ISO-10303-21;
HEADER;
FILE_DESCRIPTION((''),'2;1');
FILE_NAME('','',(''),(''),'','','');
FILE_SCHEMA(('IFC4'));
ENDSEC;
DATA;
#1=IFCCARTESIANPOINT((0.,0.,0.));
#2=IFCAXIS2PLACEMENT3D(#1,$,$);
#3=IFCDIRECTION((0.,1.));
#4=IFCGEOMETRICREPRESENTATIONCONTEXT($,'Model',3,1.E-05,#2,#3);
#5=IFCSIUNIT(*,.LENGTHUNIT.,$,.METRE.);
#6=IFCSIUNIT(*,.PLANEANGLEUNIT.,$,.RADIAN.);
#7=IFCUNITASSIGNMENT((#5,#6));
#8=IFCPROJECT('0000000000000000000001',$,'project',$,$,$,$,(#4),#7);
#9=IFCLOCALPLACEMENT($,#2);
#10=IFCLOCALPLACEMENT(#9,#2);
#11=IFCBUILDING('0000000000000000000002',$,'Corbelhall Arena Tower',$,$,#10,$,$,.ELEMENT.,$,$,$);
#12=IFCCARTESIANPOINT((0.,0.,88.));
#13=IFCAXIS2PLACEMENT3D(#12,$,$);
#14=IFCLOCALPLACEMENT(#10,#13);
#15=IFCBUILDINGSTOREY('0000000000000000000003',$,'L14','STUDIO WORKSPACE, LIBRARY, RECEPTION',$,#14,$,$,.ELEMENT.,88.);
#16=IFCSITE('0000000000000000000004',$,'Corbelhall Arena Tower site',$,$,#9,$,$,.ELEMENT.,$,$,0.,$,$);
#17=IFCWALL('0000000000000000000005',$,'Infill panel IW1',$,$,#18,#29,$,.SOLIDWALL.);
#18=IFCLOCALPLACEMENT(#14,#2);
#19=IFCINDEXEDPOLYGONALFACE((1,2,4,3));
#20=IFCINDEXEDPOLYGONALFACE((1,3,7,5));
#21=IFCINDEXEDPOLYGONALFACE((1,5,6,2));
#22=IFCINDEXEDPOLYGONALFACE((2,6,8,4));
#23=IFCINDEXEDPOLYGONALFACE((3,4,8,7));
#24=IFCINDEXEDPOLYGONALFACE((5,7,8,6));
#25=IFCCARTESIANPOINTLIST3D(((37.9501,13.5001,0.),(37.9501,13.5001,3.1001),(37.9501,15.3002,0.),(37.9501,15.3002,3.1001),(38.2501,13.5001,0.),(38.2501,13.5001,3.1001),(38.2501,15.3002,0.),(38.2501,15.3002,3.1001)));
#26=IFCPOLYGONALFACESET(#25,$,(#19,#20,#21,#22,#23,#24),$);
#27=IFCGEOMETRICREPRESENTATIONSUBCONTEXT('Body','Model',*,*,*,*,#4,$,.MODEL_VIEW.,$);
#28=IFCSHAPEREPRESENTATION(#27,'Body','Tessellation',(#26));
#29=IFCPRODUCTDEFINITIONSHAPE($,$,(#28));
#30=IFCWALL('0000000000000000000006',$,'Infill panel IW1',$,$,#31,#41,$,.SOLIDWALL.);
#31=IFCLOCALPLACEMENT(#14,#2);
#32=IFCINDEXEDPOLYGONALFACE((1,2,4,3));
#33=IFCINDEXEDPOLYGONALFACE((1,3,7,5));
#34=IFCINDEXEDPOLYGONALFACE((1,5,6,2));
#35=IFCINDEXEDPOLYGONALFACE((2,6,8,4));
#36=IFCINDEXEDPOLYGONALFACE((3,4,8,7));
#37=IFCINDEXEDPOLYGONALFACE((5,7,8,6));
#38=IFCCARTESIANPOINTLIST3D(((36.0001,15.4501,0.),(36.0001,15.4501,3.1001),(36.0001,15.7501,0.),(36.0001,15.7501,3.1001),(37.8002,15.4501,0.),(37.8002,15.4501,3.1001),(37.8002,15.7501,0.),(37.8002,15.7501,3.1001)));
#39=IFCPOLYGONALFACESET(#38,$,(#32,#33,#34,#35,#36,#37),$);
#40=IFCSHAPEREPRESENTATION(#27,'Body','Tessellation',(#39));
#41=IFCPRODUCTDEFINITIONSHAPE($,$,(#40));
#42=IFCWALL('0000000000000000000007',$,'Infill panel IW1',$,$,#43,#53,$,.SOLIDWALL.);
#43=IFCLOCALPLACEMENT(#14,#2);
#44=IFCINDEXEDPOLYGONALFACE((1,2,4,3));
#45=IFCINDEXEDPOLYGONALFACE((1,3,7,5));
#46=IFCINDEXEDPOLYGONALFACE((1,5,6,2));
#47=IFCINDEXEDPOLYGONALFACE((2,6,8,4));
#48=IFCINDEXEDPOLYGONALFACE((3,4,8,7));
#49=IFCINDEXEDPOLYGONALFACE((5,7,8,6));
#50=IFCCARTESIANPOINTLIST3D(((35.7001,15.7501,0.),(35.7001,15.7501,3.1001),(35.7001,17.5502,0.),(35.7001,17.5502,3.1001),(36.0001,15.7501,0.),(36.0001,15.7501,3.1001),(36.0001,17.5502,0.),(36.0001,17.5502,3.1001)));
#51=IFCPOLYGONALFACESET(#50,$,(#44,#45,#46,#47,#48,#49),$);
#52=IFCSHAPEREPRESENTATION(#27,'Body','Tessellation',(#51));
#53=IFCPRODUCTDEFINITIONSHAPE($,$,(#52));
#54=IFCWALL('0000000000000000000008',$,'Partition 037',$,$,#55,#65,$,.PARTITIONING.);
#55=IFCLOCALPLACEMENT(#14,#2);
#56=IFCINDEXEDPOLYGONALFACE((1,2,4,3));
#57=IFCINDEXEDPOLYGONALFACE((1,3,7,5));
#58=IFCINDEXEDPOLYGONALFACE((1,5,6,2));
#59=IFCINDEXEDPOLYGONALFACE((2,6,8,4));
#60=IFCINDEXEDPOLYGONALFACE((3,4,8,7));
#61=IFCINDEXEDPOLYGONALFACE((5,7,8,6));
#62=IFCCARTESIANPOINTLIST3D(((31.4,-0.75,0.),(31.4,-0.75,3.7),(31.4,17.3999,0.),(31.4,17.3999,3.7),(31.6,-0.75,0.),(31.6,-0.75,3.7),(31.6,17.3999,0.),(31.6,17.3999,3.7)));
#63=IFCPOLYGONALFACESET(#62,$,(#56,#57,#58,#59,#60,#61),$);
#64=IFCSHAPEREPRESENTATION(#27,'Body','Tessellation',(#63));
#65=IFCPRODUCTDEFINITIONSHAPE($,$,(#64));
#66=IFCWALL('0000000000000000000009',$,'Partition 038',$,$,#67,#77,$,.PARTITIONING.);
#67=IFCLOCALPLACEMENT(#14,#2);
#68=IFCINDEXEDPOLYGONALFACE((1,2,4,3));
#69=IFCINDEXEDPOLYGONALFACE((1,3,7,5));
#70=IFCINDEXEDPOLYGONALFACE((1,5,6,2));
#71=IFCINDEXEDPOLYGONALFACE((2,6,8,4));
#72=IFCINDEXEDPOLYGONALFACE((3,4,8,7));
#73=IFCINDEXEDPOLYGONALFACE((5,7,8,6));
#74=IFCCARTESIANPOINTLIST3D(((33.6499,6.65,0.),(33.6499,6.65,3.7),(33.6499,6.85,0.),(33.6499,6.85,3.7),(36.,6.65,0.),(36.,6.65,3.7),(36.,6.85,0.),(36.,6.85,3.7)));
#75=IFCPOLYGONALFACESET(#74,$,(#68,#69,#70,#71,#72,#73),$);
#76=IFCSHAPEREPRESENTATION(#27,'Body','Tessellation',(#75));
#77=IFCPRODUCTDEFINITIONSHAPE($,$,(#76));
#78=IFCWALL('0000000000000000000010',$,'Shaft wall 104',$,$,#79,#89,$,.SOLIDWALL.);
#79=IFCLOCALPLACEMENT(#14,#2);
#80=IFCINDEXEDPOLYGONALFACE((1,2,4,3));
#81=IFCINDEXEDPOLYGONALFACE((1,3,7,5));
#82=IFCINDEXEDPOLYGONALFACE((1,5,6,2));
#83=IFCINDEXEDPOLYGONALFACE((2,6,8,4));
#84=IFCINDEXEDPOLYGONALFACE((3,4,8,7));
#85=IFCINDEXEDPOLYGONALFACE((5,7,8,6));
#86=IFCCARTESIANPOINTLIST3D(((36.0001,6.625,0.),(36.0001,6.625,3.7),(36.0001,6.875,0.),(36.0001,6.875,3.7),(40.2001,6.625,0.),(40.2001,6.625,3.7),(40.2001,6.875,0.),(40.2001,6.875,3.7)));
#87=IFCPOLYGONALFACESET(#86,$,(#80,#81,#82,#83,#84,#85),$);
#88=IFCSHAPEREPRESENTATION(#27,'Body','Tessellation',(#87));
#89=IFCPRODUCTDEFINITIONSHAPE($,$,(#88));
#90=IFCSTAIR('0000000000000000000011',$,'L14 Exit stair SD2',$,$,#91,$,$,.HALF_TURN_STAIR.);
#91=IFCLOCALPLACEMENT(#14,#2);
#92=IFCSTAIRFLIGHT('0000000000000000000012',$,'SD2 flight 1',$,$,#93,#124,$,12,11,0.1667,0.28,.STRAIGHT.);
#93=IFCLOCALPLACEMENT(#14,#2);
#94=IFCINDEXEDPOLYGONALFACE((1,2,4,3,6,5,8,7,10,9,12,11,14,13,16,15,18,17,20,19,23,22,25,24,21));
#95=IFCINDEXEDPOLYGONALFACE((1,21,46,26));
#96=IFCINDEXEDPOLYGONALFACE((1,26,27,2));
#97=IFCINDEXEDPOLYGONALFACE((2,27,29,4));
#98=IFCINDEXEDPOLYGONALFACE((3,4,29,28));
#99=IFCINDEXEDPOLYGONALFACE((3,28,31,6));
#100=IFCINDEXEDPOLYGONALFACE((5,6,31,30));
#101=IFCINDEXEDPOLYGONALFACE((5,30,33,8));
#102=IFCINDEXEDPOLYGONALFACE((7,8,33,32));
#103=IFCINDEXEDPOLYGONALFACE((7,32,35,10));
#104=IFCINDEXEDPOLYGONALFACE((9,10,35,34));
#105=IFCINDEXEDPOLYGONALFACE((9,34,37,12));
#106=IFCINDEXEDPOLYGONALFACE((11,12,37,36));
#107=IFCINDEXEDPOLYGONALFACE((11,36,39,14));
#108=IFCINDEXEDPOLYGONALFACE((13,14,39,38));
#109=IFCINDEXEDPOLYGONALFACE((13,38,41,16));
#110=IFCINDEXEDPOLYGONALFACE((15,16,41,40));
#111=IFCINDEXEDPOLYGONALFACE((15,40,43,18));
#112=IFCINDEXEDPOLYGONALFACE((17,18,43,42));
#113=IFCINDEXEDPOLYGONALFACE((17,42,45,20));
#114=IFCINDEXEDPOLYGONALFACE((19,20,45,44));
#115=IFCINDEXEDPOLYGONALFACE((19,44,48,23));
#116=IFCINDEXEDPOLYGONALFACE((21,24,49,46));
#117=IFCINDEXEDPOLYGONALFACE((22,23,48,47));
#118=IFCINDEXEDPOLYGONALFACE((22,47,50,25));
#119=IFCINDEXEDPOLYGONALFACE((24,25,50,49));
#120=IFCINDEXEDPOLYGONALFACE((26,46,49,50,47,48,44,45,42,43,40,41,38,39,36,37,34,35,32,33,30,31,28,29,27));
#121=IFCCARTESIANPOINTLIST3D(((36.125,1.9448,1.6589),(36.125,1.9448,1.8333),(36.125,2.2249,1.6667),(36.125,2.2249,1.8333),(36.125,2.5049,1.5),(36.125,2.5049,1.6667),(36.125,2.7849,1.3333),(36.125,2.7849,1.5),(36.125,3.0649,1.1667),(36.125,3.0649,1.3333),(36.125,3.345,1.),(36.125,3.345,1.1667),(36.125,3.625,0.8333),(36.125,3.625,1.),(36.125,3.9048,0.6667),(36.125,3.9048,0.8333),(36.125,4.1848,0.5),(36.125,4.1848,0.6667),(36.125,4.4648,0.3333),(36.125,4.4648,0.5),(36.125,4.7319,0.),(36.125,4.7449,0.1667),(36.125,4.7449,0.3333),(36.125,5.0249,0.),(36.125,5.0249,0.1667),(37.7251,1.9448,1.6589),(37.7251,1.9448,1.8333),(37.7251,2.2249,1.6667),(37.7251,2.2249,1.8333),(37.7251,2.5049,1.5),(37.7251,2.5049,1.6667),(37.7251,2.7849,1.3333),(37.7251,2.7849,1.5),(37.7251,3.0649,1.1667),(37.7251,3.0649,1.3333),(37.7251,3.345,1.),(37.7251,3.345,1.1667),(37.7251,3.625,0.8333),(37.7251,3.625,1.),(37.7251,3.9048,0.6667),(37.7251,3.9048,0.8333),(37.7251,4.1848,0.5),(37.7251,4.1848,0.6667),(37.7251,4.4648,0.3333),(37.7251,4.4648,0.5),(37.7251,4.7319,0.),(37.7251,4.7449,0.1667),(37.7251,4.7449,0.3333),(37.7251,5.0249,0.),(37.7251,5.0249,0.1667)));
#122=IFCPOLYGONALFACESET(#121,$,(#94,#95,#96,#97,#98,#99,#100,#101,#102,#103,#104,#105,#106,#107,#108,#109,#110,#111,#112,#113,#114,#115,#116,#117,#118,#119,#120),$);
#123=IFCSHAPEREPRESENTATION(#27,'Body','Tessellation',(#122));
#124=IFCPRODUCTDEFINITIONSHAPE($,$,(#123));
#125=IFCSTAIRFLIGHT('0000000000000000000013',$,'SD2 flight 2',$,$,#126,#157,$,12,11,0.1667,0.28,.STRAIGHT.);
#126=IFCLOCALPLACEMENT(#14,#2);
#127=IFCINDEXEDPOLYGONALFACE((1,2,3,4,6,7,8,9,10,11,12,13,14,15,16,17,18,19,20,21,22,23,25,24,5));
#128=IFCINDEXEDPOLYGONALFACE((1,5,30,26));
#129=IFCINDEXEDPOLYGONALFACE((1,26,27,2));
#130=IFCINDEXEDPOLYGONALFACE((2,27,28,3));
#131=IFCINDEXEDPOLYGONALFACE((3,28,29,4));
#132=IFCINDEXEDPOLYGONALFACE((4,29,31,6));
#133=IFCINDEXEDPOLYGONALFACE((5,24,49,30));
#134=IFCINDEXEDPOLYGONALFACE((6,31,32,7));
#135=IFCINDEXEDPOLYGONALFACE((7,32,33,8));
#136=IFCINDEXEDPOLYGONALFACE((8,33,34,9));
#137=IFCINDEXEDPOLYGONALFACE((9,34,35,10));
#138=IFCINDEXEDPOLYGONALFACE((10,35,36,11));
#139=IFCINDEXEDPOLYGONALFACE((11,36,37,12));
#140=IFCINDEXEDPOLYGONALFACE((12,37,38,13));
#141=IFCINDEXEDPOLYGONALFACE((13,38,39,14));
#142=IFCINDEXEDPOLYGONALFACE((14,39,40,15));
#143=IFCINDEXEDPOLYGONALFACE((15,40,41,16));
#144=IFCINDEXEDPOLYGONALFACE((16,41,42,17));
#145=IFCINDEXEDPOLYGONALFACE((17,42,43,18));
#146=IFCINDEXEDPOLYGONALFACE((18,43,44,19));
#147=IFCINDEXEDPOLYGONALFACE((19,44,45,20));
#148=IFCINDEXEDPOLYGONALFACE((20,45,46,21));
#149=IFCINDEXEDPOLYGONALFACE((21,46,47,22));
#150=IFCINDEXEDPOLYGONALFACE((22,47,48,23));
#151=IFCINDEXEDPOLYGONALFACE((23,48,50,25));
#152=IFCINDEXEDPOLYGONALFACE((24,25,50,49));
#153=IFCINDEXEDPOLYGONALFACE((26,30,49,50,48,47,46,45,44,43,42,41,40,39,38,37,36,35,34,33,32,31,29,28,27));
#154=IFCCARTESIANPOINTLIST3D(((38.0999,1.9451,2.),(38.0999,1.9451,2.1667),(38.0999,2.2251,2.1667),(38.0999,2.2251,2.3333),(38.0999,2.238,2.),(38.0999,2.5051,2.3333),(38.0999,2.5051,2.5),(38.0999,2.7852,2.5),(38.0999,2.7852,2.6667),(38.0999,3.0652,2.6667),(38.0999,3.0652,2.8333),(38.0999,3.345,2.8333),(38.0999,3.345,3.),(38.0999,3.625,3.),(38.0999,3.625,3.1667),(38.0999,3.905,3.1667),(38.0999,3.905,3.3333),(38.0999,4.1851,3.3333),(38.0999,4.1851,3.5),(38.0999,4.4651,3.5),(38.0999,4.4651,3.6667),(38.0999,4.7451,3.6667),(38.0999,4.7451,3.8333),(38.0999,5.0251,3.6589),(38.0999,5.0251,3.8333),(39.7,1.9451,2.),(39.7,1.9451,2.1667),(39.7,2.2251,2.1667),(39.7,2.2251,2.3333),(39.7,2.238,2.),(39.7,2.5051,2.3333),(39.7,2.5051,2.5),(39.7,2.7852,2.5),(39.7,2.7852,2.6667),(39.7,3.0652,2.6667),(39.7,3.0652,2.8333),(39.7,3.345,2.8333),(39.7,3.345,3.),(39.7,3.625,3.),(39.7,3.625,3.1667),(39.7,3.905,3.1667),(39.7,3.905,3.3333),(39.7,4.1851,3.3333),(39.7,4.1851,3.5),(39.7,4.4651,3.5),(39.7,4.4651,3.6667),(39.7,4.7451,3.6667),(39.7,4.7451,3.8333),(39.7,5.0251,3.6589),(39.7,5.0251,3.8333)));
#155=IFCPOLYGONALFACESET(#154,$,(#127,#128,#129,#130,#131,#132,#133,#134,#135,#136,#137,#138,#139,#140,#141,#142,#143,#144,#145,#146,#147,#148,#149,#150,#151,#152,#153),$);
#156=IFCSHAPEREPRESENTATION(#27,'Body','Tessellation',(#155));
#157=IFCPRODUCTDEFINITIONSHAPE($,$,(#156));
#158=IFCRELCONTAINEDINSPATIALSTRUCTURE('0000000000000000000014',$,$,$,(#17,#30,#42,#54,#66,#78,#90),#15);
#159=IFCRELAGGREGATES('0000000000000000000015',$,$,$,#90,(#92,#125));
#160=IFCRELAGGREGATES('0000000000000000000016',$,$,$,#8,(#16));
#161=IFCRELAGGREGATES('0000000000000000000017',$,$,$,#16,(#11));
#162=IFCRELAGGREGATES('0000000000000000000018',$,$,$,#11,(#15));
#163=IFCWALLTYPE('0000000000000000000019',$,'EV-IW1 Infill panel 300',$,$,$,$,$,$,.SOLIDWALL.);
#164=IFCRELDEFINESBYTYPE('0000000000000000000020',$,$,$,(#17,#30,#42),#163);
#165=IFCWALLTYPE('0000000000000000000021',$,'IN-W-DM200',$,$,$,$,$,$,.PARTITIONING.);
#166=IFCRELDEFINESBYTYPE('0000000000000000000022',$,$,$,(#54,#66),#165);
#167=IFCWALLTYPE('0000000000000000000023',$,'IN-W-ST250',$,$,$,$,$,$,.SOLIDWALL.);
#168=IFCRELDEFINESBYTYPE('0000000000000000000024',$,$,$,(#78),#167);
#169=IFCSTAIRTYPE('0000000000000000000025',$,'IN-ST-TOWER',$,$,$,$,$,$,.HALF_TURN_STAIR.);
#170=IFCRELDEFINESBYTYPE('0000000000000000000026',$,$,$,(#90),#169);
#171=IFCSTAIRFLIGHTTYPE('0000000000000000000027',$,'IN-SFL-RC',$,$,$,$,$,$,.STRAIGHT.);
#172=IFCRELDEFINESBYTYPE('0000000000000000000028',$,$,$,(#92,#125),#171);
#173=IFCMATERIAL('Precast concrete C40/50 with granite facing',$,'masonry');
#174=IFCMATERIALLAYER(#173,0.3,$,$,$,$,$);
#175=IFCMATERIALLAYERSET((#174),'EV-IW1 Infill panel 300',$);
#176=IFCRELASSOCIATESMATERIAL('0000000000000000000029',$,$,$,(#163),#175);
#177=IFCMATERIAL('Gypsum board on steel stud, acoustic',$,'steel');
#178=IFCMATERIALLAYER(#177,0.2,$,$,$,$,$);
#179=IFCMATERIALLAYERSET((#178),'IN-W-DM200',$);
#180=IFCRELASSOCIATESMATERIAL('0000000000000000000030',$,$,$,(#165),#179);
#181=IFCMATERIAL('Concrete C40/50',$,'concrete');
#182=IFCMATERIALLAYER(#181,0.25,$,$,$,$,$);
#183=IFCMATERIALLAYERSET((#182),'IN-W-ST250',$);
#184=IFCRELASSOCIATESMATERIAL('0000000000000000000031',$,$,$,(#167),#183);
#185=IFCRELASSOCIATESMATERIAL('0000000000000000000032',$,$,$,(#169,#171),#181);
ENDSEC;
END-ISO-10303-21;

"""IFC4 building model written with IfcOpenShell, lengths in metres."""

from ifc_helpers import new_model, si_unit, direction, frame, frame_2d, origin, place, context, subcontext, project, spatial, polyline, rectangle, outline, extrude, material, layer, layer_set, type_object, element, aggregate, save


model = new_model("IFC4")

# Units and contexts
model_context = context("Model", 3, precision=1e-05, world=origin(), true_north=direction((0.0, 1.0)))
body_context = subcontext(model_context, "Body", "Model", "MODEL_VIEW")
ifc_project = project(units=[si_unit("LENGTHUNIT", "METRE"), si_unit("PLANEANGLEUNIT", "RADIAN")], contexts=[model_context])

# Site, building, storey
site_placement = place(None, origin())
site = spatial("IfcSite", under=ifc_project, at=site_placement, Name="Corbelhall Arena Tower site", CompositionType="ELEMENT", RefElevation=0.0)
building_placement = place(site_placement, origin())
building = spatial("IfcBuilding", under=site, at=building_placement, Name="Corbelhall Arena Tower", CompositionType="ELEMENT")
storey_placement = place(building_placement, frame((0.0, 0.0, 88.0)))
storey = spatial("IfcBuildingStorey", under=building, at=storey_placement, Name="L14", Description="STUDIO WORKSPACE, LIBRARY, RECEPTION", CompositionType="ELEMENT", Elevation=88.0)

# Walls
ifc_material_1 = material(Name="Precast concrete C40/50 with granite facing", Category="masonry")
ifc_layer_1 = layer(ifc_material_1, 0.3)
ifc_layer_set_1 = layer_set([ifc_layer_1], Name="EV-IW1 Infill panel 300")
wall_type_1 = type_object("IfcWallType", Name="EV-IW1 Infill panel 300", PredefinedType="SOLIDWALL", material=ifc_layer_set_1)
for number, where, z_axis, x_axis, name in (
    (1, (38.1001, 15.3, 0.0), (0.0, 0.0, 1.0), (0.0, -1.0, 0.0), "Infill panel IW1"),
    (2, (37.8, 15.6001, 0.0), (0.0, 0.0, 1.0), (-1.0, 0.0, 0.0), "Infill panel IW1"),
    (3, (35.8501, 17.55, 0.0), (0.0, 0.0, 1.0), (0.0, -1.0, 0.0), "Infill panel IW1"),
):
    element("IfcWall", number, at=place(storey_placement, frame(where, z_axis=z_axis, x_axis=x_axis)), inside=storey, type_object=wall_type_1, Name=name, PredefinedType="SOLIDWALL", context=body_context, shape_type="SweptSolid", body=[
        extrude(rectangle(XDim=1.8, YDim=0.3, at=frame_2d((0.8999, 0.0))), origin(), (0.0, 0.0, 1.0), 3.1001),
    ])

# Walls
ifc_material_2 = material(Name="Gypsum board on steel stud, acoustic", Category="steel")
ifc_layer_2 = layer(ifc_material_2, 0.2)
ifc_layer_set_2 = layer_set([ifc_layer_2], Name="IN-W-DM200")
wall_type_2 = type_object("IfcWallType", Name="IN-W-DM200", PredefinedType="PARTITIONING", material=ifc_layer_set_2)
wall_1_placement = place(storey_placement, frame((31.5, 17.3999, 0.0), z_axis=(0.0, 0.0, 1.0), x_axis=(0.0, -1.0, 0.0)))
element("IfcWall", 4, at=wall_1_placement, inside=storey, type_object=wall_type_2, Name="Partition 037", PredefinedType="PARTITIONING", context=body_context, shape_type="SweptSolid", body=[
    extrude(rectangle(XDim=18.1499, YDim=0.2, at=frame_2d((9.075, 0.0))), origin(), (0.0, 0.0, 1.0), 3.7),
])
wall_2_placement = place(storey_placement, frame((33.6499, 6.75, 0.0), z_axis=(0.0, 0.0, 1.0), x_axis=(1.0, 0.0, 0.0)))
element("IfcWall", 5, at=wall_2_placement, inside=storey, type_object=wall_type_2, Name="Partition 038", PredefinedType="PARTITIONING", context=body_context, shape_type="SweptSolid", body=[
    extrude(rectangle(XDim=2.3501, YDim=0.2, at=frame_2d((1.175, 0.0))), origin(), (0.0, 0.0, 1.0), 3.7),
])
ifc_material_3 = material(Name="Concrete C40/50", Category="concrete")
ifc_layer_3 = layer(ifc_material_3, 0.25)
ifc_layer_set_3 = layer_set([ifc_layer_3], Name="IN-W-ST250")
wall_type_3 = type_object("IfcWallType", Name="IN-W-ST250", PredefinedType="SOLIDWALL", material=ifc_layer_set_3)
wall_3_placement = place(storey_placement, frame((36.0, 6.75, 0.0), z_axis=(0.0, 0.0, 1.0), x_axis=(1.0, 0.0, 0.0)))
element("IfcWall", 6, at=wall_3_placement, inside=storey, type_object=wall_type_3, Name="Shaft wall 104", PredefinedType="SOLIDWALL", context=body_context, shape_type="SweptSolid", body=[
    extrude(rectangle(XDim=4.2, YDim=0.25, at=frame_2d((2.1001, 0.0))), origin(), (0.0, 0.0, 1.0), 3.7),
])

# Stair, stair flights
stair_type = type_object("IfcStairType", Name="IN-ST-TOWER", PredefinedType="HALF_TURN_STAIR", material=ifc_material_3)
stair_placement = place(storey_placement, origin())
stair = element("IfcStair", 7, at=stair_placement, inside=storey, type_object=stair_type, Name="L14 Exit stair SD2", PredefinedType="HALF_TURN_STAIR")
stair_flight_type = type_object("IfcStairFlightType", Name="IN-SFL-RC", PredefinedType="STRAIGHT", material=ifc_material_3)
stair_flight_1_placement = place(storey_placement, frame((36.925, 5.0249, 0.0), z_axis=(0.0, 0.0, 1.0), x_axis=(0.0, -1.0, 0.0)))
stair_flight_1 = element("IfcStairFlight", 8, at=stair_flight_1_placement, type_object=stair_flight_type, Name="SD2 flight 1", NumberOfRisers=12, NumberOfTreads=11, PredefinedType="STRAIGHT", RiserHeight=0.1667, TreadLength=0.28, context=body_context, shape_type="SweptSolid", body=[
    extrude(outline(polyline([(0.0, 0.0), (0.0, 0.1667), (0.28, 0.1667), (0.28, 0.3333), (0.5601, 0.3333), (0.5601, 0.5), (0.8401, 0.5), (0.8401, 0.6667), (1.1201, 0.6667), (1.1201, 0.8333), (1.3999, 0.8333), (1.3999, 1.0), (1.6799, 1.0), (1.6799, 1.1667), (1.96, 1.1667), (1.96, 1.3333), (2.24, 1.3333), (2.24, 1.5), (2.52, 1.5), (2.52, 1.6667), (2.8, 1.6667), (2.8, 1.8333), (3.0801, 1.8333), (3.0801, 2.0), (3.0801, 1.6589), (0.293, 0.0), (0.0, 0.0)])), frame((0.0, 0.8, 0.0), z_axis=(0.0, -1.0, 0.0), x_axis=(1.0, 0.0, 0.0)), (0.0, 0.0, 1.0), 1.6001),
])
stair_flight_2_placement = place(storey_placement, frame((38.8999, 1.9451, 2.0), z_axis=(0.0, 0.0, 1.0), x_axis=(0.0, 1.0, 0.0)))
stair_flight_2 = element("IfcStairFlight", 9, at=stair_flight_2_placement, type_object=stair_flight_type, Name="SD2 flight 2", NumberOfRisers=12, NumberOfTreads=11, PredefinedType="STRAIGHT", RiserHeight=0.1667, TreadLength=0.28, context=body_context, shape_type="SweptSolid", body=[
    extrude(outline(polyline([(0.0, 0.0), (0.0, 0.1667), (0.28, 0.1667), (0.28, 0.3333), (0.5601, 0.3333), (0.5601, 0.5), (0.8401, 0.5), (0.8401, 0.6667), (1.1201, 0.6667), (1.1201, 0.8333), (1.3999, 0.8333), (1.3999, 1.0), (1.6799, 1.0), (1.6799, 1.1667), (1.96, 1.1667), (1.96, 1.3333), (2.24, 1.3333), (2.24, 1.5), (2.52, 1.5), (2.52, 1.6667), (2.8, 1.6667), (2.8, 1.8333), (3.0801, 1.8333), (3.0801, 2.0), (3.0801, 1.6589), (0.293, 0.0), (0.0, 0.0)])), frame((0.0, 0.8, 0.0), z_axis=(0.0, -1.0, 0.0), x_axis=(1.0, 0.0, 0.0)), (0.0, 0.0, 1.0), 1.6001),
])
aggregate(stair, [stair_flight_1, stair_flight_2])

save(model, "model.ifc")
